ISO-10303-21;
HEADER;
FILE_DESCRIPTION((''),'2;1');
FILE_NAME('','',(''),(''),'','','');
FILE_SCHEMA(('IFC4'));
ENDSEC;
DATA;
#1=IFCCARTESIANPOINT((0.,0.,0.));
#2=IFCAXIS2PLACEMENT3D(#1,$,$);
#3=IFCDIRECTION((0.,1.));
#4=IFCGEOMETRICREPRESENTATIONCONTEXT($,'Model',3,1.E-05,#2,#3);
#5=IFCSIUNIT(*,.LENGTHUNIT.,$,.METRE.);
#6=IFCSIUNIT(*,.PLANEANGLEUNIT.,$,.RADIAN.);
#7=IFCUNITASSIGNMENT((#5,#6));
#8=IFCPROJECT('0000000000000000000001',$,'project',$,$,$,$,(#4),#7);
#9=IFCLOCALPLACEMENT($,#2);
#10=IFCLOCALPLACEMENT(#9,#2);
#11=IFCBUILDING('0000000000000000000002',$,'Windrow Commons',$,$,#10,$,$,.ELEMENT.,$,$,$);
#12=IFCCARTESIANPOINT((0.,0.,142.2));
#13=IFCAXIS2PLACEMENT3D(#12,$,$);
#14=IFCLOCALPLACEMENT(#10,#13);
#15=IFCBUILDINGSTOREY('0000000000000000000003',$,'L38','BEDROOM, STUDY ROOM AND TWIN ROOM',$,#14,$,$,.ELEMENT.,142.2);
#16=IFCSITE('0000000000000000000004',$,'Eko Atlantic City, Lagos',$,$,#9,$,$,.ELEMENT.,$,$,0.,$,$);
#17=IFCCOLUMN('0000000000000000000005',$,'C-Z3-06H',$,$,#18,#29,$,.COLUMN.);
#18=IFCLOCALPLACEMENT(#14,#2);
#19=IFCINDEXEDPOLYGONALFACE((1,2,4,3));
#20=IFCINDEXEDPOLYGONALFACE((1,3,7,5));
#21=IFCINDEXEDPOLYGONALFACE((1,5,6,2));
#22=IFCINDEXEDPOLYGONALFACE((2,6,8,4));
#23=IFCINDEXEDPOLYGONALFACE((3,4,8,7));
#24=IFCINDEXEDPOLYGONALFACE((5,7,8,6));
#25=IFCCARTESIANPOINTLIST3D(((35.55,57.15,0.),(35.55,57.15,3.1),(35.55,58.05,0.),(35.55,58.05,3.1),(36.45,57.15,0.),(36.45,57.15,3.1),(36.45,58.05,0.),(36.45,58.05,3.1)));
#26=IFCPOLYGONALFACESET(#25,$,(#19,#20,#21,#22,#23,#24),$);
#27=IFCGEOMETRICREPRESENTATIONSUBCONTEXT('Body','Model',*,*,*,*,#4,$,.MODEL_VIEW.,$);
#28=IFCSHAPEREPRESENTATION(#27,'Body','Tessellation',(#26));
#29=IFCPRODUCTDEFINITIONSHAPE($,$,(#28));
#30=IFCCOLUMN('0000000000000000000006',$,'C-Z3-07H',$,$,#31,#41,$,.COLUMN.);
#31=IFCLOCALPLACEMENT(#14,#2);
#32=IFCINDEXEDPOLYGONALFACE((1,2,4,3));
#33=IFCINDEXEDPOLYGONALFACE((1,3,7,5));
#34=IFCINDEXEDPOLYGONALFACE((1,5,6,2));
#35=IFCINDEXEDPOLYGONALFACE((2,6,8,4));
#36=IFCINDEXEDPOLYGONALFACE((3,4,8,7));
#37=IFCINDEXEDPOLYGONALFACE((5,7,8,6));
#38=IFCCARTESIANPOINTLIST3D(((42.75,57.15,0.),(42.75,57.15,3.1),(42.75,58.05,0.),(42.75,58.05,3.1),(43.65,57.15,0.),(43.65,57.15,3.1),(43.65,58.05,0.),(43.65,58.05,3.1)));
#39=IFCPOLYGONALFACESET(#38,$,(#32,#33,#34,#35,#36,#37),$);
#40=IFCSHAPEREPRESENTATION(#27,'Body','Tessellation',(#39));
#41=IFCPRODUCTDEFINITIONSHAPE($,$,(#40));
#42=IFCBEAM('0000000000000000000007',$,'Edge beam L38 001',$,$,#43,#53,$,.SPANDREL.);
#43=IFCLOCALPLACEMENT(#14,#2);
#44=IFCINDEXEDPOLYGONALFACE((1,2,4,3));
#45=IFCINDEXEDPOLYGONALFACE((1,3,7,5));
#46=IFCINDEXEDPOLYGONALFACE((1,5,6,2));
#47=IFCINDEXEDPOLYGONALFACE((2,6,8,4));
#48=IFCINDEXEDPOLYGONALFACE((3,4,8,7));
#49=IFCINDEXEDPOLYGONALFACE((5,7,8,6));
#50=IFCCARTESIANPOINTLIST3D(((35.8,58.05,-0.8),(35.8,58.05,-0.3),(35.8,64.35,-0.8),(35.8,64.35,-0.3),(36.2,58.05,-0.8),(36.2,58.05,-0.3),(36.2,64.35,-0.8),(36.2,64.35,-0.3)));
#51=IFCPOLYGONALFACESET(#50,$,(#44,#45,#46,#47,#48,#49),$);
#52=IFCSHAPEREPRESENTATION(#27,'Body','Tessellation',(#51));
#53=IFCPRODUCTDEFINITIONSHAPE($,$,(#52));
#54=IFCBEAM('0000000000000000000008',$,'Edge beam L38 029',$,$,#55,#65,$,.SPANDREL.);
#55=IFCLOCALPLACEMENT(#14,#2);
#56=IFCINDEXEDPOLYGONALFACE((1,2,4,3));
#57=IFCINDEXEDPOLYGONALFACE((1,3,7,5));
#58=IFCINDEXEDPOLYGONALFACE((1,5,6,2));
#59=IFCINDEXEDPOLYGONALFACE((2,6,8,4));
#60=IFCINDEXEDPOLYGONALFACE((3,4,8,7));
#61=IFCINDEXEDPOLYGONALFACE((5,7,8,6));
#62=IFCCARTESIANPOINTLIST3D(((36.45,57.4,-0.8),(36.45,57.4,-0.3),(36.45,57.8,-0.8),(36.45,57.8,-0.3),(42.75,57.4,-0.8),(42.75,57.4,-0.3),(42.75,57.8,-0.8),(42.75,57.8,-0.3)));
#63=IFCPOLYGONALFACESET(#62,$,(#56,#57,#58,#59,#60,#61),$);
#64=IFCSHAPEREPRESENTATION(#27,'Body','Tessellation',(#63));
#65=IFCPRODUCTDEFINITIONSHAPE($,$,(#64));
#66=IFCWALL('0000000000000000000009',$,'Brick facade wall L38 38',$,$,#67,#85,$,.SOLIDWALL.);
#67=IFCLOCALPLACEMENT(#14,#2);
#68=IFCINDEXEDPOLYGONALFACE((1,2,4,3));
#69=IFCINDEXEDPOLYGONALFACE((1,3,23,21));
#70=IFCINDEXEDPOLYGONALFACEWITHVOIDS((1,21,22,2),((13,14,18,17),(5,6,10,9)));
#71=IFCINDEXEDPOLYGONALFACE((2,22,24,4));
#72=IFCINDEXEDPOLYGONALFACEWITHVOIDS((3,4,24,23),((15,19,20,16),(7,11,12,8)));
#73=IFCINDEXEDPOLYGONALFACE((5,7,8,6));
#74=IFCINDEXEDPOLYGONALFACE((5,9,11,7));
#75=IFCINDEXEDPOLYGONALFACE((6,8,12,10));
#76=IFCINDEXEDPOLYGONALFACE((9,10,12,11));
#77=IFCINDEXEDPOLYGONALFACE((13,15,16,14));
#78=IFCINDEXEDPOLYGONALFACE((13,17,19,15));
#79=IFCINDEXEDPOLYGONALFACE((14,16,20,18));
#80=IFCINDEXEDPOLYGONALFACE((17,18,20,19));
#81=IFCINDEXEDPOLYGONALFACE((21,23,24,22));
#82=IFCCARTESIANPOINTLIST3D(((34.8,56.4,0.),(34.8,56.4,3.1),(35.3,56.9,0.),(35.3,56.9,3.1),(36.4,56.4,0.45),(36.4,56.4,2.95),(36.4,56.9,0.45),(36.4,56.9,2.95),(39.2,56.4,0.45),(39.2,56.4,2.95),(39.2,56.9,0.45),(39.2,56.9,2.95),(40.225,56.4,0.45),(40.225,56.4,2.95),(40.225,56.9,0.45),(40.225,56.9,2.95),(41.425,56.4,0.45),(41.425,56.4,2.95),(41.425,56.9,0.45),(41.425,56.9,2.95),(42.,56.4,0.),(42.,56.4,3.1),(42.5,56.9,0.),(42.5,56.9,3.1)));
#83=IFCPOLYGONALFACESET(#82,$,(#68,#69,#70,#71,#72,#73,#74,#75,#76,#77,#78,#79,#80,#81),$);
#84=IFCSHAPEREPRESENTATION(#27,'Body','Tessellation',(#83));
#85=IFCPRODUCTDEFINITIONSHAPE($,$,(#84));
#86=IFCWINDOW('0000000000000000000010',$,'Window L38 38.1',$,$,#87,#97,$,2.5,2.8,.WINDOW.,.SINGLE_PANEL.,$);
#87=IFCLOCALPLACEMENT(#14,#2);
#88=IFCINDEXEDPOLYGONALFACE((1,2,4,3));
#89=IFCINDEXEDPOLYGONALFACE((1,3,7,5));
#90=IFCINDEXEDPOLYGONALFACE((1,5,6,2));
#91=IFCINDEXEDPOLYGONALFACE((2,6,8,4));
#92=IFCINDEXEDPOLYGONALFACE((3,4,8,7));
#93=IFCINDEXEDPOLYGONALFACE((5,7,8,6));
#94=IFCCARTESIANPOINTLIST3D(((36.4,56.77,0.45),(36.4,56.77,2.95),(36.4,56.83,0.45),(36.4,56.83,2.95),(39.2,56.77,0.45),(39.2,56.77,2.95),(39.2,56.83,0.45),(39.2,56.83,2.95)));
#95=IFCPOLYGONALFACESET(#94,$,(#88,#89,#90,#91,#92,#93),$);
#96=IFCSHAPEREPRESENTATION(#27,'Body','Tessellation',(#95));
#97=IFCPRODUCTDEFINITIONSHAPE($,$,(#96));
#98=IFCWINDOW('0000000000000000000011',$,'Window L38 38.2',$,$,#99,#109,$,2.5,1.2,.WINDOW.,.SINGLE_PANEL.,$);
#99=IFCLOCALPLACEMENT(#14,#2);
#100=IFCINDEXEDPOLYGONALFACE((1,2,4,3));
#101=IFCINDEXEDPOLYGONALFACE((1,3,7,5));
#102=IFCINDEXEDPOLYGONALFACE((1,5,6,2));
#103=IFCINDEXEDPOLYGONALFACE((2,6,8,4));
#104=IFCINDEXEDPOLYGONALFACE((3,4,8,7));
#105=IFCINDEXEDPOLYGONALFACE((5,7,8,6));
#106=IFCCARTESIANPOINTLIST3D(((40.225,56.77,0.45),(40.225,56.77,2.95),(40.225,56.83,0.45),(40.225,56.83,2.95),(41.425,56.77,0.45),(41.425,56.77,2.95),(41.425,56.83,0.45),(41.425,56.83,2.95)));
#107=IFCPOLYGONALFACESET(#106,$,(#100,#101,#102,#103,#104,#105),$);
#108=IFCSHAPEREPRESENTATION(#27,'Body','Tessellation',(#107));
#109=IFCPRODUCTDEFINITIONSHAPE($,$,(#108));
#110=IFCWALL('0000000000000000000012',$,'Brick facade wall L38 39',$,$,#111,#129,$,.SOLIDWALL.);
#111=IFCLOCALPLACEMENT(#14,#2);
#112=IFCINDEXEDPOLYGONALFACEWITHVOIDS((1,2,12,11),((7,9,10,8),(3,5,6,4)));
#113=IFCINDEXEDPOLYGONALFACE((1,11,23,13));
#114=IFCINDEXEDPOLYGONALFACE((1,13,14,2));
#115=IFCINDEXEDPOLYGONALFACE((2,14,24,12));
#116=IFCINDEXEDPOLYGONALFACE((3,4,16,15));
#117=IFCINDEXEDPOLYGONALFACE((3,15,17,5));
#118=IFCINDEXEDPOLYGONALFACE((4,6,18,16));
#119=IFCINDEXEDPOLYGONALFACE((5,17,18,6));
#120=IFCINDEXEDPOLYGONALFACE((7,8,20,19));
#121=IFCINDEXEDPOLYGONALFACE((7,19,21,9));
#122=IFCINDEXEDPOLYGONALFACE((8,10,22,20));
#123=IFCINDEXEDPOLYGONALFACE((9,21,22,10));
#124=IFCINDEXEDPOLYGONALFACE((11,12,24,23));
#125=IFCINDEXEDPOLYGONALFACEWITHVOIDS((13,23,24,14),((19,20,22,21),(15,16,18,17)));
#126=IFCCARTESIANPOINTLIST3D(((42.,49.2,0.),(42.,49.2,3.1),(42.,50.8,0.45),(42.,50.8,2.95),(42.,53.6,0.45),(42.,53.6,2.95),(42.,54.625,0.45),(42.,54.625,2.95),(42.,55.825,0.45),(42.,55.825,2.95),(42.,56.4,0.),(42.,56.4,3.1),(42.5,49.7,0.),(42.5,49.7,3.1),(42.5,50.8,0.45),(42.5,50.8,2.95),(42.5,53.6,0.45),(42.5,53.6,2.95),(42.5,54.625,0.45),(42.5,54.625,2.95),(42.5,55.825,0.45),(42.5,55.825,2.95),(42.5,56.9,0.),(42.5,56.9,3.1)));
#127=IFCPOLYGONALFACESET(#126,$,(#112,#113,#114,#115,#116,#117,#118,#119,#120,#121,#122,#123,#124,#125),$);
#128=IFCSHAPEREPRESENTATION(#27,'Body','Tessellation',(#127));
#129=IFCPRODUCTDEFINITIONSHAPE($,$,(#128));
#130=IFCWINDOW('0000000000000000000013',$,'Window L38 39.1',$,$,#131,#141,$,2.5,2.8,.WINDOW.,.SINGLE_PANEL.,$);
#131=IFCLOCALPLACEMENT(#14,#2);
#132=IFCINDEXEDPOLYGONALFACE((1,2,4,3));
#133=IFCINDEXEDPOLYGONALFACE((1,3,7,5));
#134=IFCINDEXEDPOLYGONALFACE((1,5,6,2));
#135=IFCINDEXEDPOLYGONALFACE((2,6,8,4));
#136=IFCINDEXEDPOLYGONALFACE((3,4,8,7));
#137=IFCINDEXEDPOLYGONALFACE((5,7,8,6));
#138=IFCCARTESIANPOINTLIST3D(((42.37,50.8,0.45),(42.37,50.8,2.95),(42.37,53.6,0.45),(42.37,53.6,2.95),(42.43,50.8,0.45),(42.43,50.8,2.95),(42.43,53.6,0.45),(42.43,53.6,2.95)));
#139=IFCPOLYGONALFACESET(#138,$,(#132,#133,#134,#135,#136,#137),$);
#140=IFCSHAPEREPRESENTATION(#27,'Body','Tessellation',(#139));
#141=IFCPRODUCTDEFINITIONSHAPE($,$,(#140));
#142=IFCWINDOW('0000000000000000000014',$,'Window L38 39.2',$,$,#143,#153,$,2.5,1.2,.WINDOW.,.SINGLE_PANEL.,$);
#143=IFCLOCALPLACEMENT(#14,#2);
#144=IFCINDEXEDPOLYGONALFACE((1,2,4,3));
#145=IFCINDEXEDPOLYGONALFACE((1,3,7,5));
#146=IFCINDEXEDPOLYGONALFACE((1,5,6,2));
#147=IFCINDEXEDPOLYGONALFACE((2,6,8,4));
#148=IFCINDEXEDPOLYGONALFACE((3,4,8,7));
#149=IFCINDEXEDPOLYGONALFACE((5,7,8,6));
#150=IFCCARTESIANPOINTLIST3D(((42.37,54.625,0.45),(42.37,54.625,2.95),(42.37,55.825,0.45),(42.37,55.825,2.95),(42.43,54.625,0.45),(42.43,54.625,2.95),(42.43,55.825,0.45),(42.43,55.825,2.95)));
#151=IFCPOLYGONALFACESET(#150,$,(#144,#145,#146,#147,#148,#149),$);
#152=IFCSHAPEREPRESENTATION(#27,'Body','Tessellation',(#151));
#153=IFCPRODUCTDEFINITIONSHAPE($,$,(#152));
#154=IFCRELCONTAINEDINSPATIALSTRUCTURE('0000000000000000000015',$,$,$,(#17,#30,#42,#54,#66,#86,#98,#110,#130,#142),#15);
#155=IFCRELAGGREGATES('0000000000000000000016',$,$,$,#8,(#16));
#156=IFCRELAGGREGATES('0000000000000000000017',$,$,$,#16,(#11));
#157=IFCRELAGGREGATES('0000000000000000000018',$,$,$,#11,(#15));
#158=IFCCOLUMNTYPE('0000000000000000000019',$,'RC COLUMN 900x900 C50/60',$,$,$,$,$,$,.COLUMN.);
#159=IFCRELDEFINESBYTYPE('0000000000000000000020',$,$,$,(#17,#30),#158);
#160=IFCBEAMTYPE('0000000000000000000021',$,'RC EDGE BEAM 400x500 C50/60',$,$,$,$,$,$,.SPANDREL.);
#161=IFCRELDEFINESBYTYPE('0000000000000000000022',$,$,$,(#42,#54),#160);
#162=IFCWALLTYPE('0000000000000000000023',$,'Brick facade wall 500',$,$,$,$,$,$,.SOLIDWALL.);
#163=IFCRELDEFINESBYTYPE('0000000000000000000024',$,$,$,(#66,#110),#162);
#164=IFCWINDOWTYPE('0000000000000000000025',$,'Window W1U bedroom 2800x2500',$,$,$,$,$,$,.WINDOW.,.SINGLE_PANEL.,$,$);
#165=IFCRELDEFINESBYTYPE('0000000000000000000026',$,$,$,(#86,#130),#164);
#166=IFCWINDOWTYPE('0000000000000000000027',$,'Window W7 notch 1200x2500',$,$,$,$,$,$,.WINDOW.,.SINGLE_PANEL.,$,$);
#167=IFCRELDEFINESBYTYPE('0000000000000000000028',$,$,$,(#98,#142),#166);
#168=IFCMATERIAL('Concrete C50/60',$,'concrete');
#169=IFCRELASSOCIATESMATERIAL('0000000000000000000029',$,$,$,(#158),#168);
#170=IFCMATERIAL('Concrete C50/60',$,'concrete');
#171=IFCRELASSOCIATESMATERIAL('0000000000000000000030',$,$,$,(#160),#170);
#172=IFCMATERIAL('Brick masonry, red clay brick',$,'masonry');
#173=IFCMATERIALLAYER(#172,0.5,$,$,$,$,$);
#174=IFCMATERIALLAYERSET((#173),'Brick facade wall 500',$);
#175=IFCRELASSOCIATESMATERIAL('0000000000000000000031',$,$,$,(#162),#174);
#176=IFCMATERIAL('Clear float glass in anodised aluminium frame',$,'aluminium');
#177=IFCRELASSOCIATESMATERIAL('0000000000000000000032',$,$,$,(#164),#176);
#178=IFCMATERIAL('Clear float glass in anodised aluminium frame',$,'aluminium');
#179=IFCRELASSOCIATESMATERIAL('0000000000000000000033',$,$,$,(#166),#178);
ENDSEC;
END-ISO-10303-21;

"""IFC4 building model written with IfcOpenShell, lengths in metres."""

from ifc_helpers import new_model, si_unit, direction, frame, frame_2d, origin, origin_2d, place, context, subcontext, project, spatial, polyline, rectangle, outline, extrude, material, layer, layer_set, material_profile, profile_set, type_object, element, fill, save


model = new_model("IFC4")

# Units and contexts
model_context = context("Model", 3, precision=1e-05, world=origin(), true_north=direction((0.0, 1.0)))
body_context = subcontext(model_context, "Body", "Model", "MODEL_VIEW")
ifc_project = project(units=[si_unit("LENGTHUNIT", "METRE"), si_unit("PLANEANGLEUNIT", "RADIAN")], contexts=[model_context])

# Site, building, storey
site_placement = place(None, origin())
site = spatial("IfcSite", under=ifc_project, at=site_placement, Name="Eko Atlantic City, Lagos", CompositionType="ELEMENT", RefElevation=0.0)
building_placement = place(site_placement, origin())
building = spatial("IfcBuilding", under=site, at=building_placement, Name="Windrow Commons", CompositionType="ELEMENT")
storey_placement = place(building_placement, frame((0.0, 0.0, 142.2)))
storey = spatial("IfcBuildingStorey", under=building, at=storey_placement, Name="L38", Description="BEDROOM, STUDY ROOM AND TWIN ROOM", CompositionType="ELEMENT", Elevation=142.2)

# Columns
ifc_material_1 = material(Name="Concrete C50/60", Category="concrete")
ifc_material_profile_1 = material_profile(ifc_material_1, rectangle(XDim=0.9, YDim=0.9, at=origin_2d()))
ifc_profile_set_1 = profile_set([ifc_material_profile_1], Name="Concrete C50/60")
column_type = type_object("IfcColumnType", Name="RC COLUMN 900x900 C50/60", PredefinedType="COLUMN", material=ifc_profile_set_1)
for number, where, z_axis, x_axis, name in (
    (1, (36.0, 57.6, 0.0), (0.0, 0.0, 1.0), (1.0, 0.0, 0.0), "C-Z3-06H"),
    (2, (43.2, 57.6, 0.0), (0.0, 0.0, 1.0), (1.0, 0.0, 0.0), "C-Z3-07H"),
):
    element("IfcColumn", number, at=place(storey_placement, frame(where, z_axis=z_axis, x_axis=x_axis)), inside=storey, type_object=column_type, Name=name, PredefinedType="COLUMN", context=body_context, shape_type="SweptSolid", body=[
        extrude(rectangle(XDim=0.9, YDim=0.9, at=origin_2d()), origin(), (0.0, 0.0, 1.0), 3.1),
    ])

# Beams
ifc_material_2 = material(Name="Concrete C50/60", Category="concrete")
ifc_material_profile_2 = material_profile(ifc_material_2, rectangle(XDim=0.4, YDim=0.5, at=origin_2d()))
ifc_profile_set_2 = profile_set([ifc_material_profile_2], Name="Concrete C50/60")
beam_type = type_object("IfcBeamType", Name="RC EDGE BEAM 400x500 C50/60", PredefinedType="SPANDREL", material=ifc_profile_set_2)
for number, where, z_axis, x_axis, name in (
    (3, (36.0, 58.05, -0.55), (0.0, 1.0, 0.0), (-1.0, 0.0, 0.0), "Edge beam L38 001"),
    (4, (42.75, 57.6, -0.55), (-1.0, 0.0, 0.0), (0.0, -1.0, 0.0), "Edge beam L38 029"),
):
    element("IfcBeam", number, at=place(storey_placement, frame(where, z_axis=z_axis, x_axis=x_axis)), inside=storey, type_object=beam_type, Name=name, PredefinedType="SPANDREL", context=body_context, shape_type="SweptSolid", body=[
        extrude(rectangle(XDim=0.4, YDim=0.5, at=origin_2d()), origin(), (0.0, 0.0, 1.0), 6.3),
    ])

# Walls, openings, windows
ifc_material_3 = material(Name="Brick masonry, red clay brick", Category="masonry")
ifc_layer_1 = layer(ifc_material_3, 0.5)
ifc_layer_set_1 = layer_set([ifc_layer_1], Name="Brick facade wall 500")
wall_type_1 = type_object("IfcWallType", Name="Brick facade wall 500", PredefinedType="SOLIDWALL", material=ifc_layer_set_1)
wall_1_placement = place(storey_placement, frame((35.05, 56.65, 0.0), z_axis=(0.0, 0.0, 1.0), x_axis=(1.0, 0.0, 0.0)))
wall_1 = element("IfcWall", 5, at=wall_1_placement, inside=storey, type_object=wall_type_1, Name="Brick facade wall L38 38", PredefinedType="SOLIDWALL", context=body_context, shape_type="SweptSolid", body=[
    extrude(outline(polyline([(-0.25, -0.25), (6.95, -0.25), (7.45, 0.25), (0.25, 0.25), (-0.25, -0.25)])), origin(), (0.0, 0.0, 1.0), 3.1),
])
opening_1_placement = place(wall_1_placement, frame((1.35, 0.0, 0.45)))
opening_1 = element("IfcOpeningElement", 6, at=opening_1_placement, cuts=wall_1, PredefinedType="OPENING", context=body_context, shape_type="SweptSolid", body=[
    extrude(rectangle(XDim=2.8, YDim=2.5, at=frame_2d((1.4, 1.25))), frame((0.0, 0.26, 0.0), z_axis=(0.0, -1.0, 0.0), x_axis=(1.0, 0.0, 0.0)), (0.0, 0.0, 1.0), 0.52),
])
opening_2_placement = place(wall_1_placement, frame((5.175, 0.0, 0.45)))
opening_2 = element("IfcOpeningElement", 7, at=opening_2_placement, cuts=wall_1, PredefinedType="OPENING", context=body_context, shape_type="SweptSolid", body=[
    extrude(rectangle(XDim=1.2, YDim=2.5, at=frame_2d((0.6, 1.25))), frame((0.0, 0.26, 0.0), z_axis=(0.0, -1.0, 0.0), x_axis=(1.0, 0.0, 0.0)), (0.0, 0.0, 1.0), 0.52),
])
ifc_material_4 = material(Name="Clear float glass in anodised aluminium frame", Category="aluminium")
window_type_1 = type_object("IfcWindowType", Name="Window W1U bedroom 2800x2500", PartitioningType="SINGLE_PANEL", PredefinedType="WINDOW", material=ifc_material_4)
window_1_placement = place(opening_1_placement, origin())
window_1 = element("IfcWindow", 8, at=window_1_placement, inside=storey, type_object=window_type_1, Name="Window L38 38.1", OverallHeight=2.5, OverallWidth=2.8, PartitioningType="SINGLE_PANEL", PredefinedType="WINDOW", context=body_context, shape_type="SweptSolid", body=[
    extrude(rectangle(XDim=2.8, YDim=2.5, at=frame_2d((1.4, 1.25))), frame((0.0, 0.18, 0.0), z_axis=(0.0, -1.0, 0.0), x_axis=(1.0, 0.0, 0.0)), (0.0, 0.0, 1.0), 0.06),
])
fill(opening_1, window_1)
ifc_material_5 = material(Name="Clear float glass in anodised aluminium frame", Category="aluminium")
window_type_2 = type_object("IfcWindowType", Name="Window W7 notch 1200x2500", PartitioningType="SINGLE_PANEL", PredefinedType="WINDOW", material=ifc_material_5)
window_2_placement = place(opening_2_placement, origin())
window_2 = element("IfcWindow", 9, at=window_2_placement, inside=storey, type_object=window_type_2, Name="Window L38 38.2", OverallHeight=2.5, OverallWidth=1.2, PartitioningType="SINGLE_PANEL", PredefinedType="WINDOW", context=body_context, shape_type="SweptSolid", body=[
    extrude(rectangle(XDim=1.2, YDim=2.5, at=frame_2d((0.6, 1.25))), frame((0.0, 0.18, 0.0), z_axis=(0.0, -1.0, 0.0), x_axis=(1.0, 0.0, 0.0)), (0.0, 0.0, 1.0), 0.06),
])
fill(opening_2, window_2)
wall_2_placement = place(storey_placement, frame((42.25, 56.65, 0.0), z_axis=(0.0, 0.0, 1.0), x_axis=(0.0, -1.0, 0.0)))
wall_2 = element("IfcWall", 10, at=wall_2_placement, inside=storey, type_object=wall_type_1, Name="Brick facade wall L38 39", PredefinedType="SOLIDWALL", context=body_context, shape_type="SweptSolid", body=[
    extrude(outline(polyline([(0.25, -0.25), (7.45, -0.25), (6.95, 0.25), (-0.25, 0.25), (0.25, -0.25)])), origin(), (0.0, 0.0, 1.0), 3.1),
])
opening_3_placement = place(wall_2_placement, frame((3.05, 0.0, 0.45)))
opening_3 = element("IfcOpeningElement", 11, at=opening_3_placement, cuts=wall_2, PredefinedType="OPENING", context=body_context, shape_type="SweptSolid", body=[
    extrude(rectangle(XDim=2.8, YDim=2.5, at=frame_2d((1.4, 1.25))), frame((0.0, 0.26, 0.0), z_axis=(0.0, -1.0, 0.0), x_axis=(1.0, 0.0, 0.0)), (0.0, 0.0, 1.0), 0.52),
])
opening_4_placement = place(wall_2_placement, frame((0.825, 0.0, 0.45)))
opening_4 = element("IfcOpeningElement", 12, at=opening_4_placement, cuts=wall_2, PredefinedType="OPENING", context=body_context, shape_type="SweptSolid", body=[
    extrude(rectangle(XDim=1.2, YDim=2.5, at=frame_2d((0.6, 1.25))), frame((0.0, 0.26, 0.0), z_axis=(0.0, -1.0, 0.0), x_axis=(1.0, 0.0, 0.0)), (0.0, 0.0, 1.0), 0.52),
])
window_3_placement = place(opening_3_placement, origin())
window_3 = element("IfcWindow", 13, at=window_3_placement, inside=storey, type_object=window_type_1, Name="Window L38 39.1", OverallHeight=2.5, OverallWidth=2.8, PartitioningType="SINGLE_PANEL", PredefinedType="WINDOW", context=body_context, shape_type="SweptSolid", body=[
    extrude(rectangle(XDim=2.8, YDim=2.5, at=frame_2d((1.4, 1.25))), frame((0.0, 0.18, 0.0), z_axis=(0.0, -1.0, 0.0), x_axis=(1.0, 0.0, 0.0)), (0.0, 0.0, 1.0), 0.06),
])
fill(opening_3, window_3)
window_4_placement = place(opening_4_placement, origin())
window_4 = element("IfcWindow", 14, at=window_4_placement, inside=storey, type_object=window_type_2, Name="Window L38 39.2", OverallHeight=2.5, OverallWidth=1.2, PartitioningType="SINGLE_PANEL", PredefinedType="WINDOW", context=body_context, shape_type="SweptSolid", body=[
    extrude(rectangle(XDim=1.2, YDim=2.5, at=frame_2d((0.6, 1.25))), frame((0.0, 0.18, 0.0), z_axis=(0.0, -1.0, 0.0), x_axis=(1.0, 0.0, 0.0)), (0.0, 0.0, 1.0), 0.06),
])
fill(opening_4, window_4)

save(model, "model.ifc")
